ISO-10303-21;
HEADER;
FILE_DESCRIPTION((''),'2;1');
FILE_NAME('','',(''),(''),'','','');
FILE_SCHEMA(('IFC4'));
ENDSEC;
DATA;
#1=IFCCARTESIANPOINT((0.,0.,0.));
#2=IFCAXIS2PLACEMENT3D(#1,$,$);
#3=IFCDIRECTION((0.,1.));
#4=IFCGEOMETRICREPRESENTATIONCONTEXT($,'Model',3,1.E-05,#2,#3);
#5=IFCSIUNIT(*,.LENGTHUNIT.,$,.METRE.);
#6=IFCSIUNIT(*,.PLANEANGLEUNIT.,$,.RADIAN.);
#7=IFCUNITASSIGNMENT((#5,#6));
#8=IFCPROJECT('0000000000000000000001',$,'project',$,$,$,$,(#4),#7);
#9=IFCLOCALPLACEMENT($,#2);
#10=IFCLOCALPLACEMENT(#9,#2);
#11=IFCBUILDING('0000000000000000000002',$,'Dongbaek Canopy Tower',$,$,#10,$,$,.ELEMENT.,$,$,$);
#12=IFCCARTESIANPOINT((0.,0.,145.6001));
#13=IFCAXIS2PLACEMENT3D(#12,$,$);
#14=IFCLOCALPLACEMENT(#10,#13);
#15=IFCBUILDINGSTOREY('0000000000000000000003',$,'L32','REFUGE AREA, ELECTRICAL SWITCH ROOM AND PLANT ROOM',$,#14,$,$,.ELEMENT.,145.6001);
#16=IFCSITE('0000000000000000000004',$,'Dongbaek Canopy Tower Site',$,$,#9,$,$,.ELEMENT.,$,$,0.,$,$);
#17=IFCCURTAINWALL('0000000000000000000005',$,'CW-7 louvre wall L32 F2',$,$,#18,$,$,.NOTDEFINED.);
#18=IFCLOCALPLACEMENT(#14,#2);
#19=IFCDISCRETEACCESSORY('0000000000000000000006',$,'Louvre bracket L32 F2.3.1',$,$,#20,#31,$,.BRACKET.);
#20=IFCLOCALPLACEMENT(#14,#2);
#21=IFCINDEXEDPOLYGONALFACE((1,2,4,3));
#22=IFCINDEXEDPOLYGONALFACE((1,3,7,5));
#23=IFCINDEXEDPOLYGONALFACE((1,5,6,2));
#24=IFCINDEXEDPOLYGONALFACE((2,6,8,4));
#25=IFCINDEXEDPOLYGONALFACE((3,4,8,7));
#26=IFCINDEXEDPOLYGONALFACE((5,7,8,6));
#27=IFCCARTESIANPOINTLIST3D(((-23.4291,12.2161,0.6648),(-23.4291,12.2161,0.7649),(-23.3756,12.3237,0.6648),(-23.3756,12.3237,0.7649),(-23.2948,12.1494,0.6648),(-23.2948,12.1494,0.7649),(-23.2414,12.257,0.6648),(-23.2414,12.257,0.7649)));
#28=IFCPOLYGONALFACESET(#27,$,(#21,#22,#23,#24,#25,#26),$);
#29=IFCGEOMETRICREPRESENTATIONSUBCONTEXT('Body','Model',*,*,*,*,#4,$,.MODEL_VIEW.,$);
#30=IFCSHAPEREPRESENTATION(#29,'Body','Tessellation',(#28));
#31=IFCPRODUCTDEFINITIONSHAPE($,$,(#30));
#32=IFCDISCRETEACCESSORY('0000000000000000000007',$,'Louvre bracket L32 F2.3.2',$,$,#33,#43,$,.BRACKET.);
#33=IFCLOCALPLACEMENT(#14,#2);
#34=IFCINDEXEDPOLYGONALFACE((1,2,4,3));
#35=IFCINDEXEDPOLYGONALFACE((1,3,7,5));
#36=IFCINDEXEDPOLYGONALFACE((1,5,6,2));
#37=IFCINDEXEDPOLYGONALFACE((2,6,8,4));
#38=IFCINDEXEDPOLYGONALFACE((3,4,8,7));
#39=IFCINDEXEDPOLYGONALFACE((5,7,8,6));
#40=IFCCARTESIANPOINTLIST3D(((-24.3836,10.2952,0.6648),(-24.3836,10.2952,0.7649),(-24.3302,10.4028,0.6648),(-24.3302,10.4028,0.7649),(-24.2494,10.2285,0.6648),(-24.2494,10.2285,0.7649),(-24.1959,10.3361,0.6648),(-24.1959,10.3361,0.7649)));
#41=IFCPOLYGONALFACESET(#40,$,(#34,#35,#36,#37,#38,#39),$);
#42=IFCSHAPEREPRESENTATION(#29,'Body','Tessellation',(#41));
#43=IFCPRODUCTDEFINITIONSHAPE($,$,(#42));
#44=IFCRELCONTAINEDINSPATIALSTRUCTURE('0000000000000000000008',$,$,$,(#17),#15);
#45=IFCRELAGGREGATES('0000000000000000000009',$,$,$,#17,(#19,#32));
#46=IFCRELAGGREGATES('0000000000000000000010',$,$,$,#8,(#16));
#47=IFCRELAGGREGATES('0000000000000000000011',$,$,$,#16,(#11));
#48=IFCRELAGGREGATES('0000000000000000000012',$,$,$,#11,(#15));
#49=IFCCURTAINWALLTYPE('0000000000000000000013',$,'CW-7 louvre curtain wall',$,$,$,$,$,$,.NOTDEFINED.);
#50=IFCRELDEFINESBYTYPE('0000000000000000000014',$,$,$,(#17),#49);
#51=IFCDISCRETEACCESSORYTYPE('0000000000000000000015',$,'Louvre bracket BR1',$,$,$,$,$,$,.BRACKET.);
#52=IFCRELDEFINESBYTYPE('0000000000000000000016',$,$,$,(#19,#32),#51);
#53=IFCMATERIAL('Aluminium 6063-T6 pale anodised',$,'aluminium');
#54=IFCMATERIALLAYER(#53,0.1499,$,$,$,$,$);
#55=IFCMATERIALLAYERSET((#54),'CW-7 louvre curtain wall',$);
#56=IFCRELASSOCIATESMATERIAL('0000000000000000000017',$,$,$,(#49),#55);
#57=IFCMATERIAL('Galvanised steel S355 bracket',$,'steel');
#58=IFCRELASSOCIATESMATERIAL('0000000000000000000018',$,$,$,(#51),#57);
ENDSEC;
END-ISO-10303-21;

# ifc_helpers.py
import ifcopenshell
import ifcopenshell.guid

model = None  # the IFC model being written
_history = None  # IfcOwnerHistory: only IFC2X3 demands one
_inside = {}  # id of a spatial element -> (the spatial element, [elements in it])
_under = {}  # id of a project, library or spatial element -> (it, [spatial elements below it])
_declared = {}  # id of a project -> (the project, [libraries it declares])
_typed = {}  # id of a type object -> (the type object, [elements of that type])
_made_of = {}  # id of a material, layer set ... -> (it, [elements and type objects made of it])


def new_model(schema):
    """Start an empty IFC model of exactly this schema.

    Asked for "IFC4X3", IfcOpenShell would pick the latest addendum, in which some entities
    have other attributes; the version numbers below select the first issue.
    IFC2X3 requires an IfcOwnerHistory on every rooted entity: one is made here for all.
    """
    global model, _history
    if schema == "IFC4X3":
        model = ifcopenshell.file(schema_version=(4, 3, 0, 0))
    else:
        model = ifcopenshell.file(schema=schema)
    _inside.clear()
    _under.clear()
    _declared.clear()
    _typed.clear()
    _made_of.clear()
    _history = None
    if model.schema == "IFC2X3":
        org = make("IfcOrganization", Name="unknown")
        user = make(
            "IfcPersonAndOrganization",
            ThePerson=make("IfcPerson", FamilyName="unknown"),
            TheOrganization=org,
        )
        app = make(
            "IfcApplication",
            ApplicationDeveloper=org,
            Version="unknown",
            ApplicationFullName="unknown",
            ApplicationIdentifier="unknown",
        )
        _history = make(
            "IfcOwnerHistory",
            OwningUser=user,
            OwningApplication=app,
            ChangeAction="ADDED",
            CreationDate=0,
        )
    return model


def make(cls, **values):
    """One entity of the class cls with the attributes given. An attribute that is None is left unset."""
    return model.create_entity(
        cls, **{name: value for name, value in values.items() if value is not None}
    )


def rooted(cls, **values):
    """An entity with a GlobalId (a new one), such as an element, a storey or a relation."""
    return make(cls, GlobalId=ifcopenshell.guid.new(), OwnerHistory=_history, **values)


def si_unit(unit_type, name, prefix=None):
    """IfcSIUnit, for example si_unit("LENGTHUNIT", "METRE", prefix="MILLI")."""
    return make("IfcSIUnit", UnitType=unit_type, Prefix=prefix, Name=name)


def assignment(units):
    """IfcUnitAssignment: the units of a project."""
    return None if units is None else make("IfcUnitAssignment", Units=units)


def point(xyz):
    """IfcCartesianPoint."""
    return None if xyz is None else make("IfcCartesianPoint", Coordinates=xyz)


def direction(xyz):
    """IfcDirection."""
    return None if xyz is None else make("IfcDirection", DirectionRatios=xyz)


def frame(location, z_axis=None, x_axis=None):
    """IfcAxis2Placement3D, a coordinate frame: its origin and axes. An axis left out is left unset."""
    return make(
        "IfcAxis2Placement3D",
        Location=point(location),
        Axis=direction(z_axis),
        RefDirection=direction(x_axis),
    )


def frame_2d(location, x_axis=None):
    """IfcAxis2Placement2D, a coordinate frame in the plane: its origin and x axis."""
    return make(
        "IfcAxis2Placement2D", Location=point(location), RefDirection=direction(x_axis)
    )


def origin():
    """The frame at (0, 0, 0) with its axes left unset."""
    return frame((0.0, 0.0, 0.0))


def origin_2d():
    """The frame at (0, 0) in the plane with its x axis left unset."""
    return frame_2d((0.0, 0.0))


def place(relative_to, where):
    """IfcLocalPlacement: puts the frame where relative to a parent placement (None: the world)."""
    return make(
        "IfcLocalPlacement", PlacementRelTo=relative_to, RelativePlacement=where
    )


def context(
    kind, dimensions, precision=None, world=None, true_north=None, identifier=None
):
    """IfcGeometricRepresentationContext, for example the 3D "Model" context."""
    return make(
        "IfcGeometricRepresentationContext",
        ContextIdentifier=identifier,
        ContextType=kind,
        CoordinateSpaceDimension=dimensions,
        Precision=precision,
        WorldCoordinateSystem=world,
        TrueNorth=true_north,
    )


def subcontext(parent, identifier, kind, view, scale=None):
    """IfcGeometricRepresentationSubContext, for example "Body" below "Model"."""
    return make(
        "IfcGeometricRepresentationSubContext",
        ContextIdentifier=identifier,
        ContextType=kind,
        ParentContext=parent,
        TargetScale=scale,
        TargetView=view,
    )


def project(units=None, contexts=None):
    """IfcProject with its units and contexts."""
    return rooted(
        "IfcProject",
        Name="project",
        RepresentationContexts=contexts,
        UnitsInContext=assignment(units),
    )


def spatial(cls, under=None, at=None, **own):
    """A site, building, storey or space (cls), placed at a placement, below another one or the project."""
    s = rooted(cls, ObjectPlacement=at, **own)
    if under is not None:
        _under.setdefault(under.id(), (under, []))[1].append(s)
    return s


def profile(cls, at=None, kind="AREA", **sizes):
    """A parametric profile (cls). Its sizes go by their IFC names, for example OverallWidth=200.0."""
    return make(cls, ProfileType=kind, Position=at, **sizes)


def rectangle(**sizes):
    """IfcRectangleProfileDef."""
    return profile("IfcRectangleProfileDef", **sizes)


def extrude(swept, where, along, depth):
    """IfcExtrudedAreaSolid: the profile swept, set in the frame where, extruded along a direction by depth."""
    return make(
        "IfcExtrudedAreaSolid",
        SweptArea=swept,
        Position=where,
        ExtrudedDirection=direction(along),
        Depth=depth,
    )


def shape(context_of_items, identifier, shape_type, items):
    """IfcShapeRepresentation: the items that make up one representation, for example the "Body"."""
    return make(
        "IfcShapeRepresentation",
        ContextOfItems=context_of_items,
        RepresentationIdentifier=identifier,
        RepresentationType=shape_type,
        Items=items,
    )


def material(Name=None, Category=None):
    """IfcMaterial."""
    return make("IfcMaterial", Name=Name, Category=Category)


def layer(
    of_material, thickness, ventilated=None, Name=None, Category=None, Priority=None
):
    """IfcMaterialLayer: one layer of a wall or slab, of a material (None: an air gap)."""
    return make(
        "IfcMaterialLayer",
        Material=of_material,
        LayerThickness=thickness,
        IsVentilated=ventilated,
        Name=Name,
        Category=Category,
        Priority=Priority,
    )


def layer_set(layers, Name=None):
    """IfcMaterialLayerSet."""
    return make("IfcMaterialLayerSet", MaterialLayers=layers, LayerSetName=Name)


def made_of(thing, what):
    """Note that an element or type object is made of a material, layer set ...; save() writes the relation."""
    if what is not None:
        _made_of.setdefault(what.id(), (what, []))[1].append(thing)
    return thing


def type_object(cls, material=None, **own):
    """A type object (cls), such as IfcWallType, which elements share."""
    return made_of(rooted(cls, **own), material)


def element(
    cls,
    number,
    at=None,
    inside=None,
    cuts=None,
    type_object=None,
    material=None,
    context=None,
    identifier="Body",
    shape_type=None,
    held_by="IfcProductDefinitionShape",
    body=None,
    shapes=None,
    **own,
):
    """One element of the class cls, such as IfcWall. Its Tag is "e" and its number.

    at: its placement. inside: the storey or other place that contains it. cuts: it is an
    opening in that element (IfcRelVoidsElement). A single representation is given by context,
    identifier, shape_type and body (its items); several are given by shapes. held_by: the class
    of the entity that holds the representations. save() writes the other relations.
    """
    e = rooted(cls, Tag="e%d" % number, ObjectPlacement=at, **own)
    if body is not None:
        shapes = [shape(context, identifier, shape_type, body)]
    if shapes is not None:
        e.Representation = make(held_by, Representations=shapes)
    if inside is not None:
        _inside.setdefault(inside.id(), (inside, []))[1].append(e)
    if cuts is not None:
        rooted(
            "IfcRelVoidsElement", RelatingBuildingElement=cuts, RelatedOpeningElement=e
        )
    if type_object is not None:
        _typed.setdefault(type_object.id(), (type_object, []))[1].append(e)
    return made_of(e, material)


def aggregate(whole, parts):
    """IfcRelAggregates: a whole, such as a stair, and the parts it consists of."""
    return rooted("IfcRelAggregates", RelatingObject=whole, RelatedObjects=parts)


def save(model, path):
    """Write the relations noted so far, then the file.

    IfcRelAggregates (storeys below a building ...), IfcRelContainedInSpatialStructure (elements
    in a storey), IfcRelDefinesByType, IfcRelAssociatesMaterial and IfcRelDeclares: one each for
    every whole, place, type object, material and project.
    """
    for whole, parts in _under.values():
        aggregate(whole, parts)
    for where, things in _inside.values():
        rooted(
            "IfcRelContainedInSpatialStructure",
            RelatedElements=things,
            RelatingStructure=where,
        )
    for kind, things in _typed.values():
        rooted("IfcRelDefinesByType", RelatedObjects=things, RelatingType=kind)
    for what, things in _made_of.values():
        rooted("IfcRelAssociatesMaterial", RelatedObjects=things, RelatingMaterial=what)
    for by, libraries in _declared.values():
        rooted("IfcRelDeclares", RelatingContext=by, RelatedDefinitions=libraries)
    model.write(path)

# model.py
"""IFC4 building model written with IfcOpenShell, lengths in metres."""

from ifc_helpers import new_model, si_unit, direction, frame, origin, origin_2d, place, context, subcontext, project, spatial, rectangle, extrude, material, layer, layer_set, type_object, element, aggregate, save


model = new_model("IFC4")

# Units and contexts
model_context = context("Model", 3, precision=1e-05, world=origin(), true_north=direction((0.0, 1.0)))
body_context = subcontext(model_context, "Body", "Model", "MODEL_VIEW")
ifc_project = project(units=[si_unit("LENGTHUNIT", "METRE"), si_unit("PLANEANGLEUNIT", "RADIAN")], contexts=[model_context])

# Site, building, storey
site_placement = place(None, origin())
site = spatial("IfcSite", under=ifc_project, at=site_placement, Name="Dongbaek Canopy Tower Site", CompositionType="ELEMENT", RefElevation=0.0)
building_placement = place(site_placement, origin())
building = spatial("IfcBuilding", under=site, at=building_placement, Name="Dongbaek Canopy Tower", CompositionType="ELEMENT")
storey_placement = place(building_placement, frame((0.0, 0.0, 145.6001)))
storey = spatial("IfcBuildingStorey", under=building, at=storey_placement, Name="L32", Description="REFUGE AREA, ELECTRICAL SWITCH ROOM AND PLANT ROOM", CompositionType="ELEMENT", Elevation=145.6001)

# Curtain wall
ifc_material_1 = material(Name="Aluminium 6063-T6 pale anodised", Category="aluminium")
ifc_layer_1 = layer(ifc_material_1, 0.1499)
ifc_layer_set_1 = layer_set([ifc_layer_1], Name="CW-7 louvre curtain wall")
curtain_wall_type = type_object("IfcCurtainWallType", Name="CW-7 louvre curtain wall", PredefinedType="NOTDEFINED", material=ifc_layer_set_1)
curtain_wall_placement = place(storey_placement, origin())
curtain_wall = element("IfcCurtainWall", 1, at=curtain_wall_placement, inside=storey, type_object=curtain_wall_type, Name="CW-7 louvre wall L32 F2", PredefinedType="NOTDEFINED")

# Discrete accessories
ifc_material_2 = material(Name="Galvanised steel S355 bracket", Category="steel")
discrete_accessory_type_1 = type_object("IfcDiscreteAccessoryType", Name="Louvre bracket BR1", PredefinedType="BRACKET", material=ifc_material_2)
discrete_accessory_1_placement = place(storey_placement, frame((-23.3352, 12.2366, 0.6648), z_axis=(0.0, 0.0, 1.0), x_axis=(-0.444929, -0.895566, 0.0)))
discrete_accessory_1 = element("IfcDiscreteAccessory", 2, at=discrete_accessory_1_placement, type_object=discrete_accessory_type_1, Name="Louvre bracket L32 F2.3.1", PredefinedType="BRACKET", context=body_context, shape_type="SweptSolid", body=[
    extrude(rectangle(XDim=0.1201, YDim=0.1499, at=origin_2d()), origin(), (0.0, 0.0, 1.0), 0.1001),
])
discrete_accessory_2_placement = place(storey_placement, frame((-24.2898, 10.3157, 0.6648), z_axis=(0.0, 0.0, 1.0), x_axis=(-0.444929, -0.895566, 0.0)))
discrete_accessory_2 = element("IfcDiscreteAccessory", 3, at=discrete_accessory_2_placement, type_object=discrete_accessory_type_1, Name="Louvre bracket L32 F2.3.2", PredefinedType="BRACKET", context=body_context, shape_type="SweptSolid", body=[
    extrude(rectangle(XDim=0.1201, YDim=0.1499, at=origin_2d()), origin(), (0.0, 0.0, 1.0), 0.1001),
])
aggregate(curtain_wall, [discrete_accessory_1, discrete_accessory_2])

save(model, "model.ifc")
